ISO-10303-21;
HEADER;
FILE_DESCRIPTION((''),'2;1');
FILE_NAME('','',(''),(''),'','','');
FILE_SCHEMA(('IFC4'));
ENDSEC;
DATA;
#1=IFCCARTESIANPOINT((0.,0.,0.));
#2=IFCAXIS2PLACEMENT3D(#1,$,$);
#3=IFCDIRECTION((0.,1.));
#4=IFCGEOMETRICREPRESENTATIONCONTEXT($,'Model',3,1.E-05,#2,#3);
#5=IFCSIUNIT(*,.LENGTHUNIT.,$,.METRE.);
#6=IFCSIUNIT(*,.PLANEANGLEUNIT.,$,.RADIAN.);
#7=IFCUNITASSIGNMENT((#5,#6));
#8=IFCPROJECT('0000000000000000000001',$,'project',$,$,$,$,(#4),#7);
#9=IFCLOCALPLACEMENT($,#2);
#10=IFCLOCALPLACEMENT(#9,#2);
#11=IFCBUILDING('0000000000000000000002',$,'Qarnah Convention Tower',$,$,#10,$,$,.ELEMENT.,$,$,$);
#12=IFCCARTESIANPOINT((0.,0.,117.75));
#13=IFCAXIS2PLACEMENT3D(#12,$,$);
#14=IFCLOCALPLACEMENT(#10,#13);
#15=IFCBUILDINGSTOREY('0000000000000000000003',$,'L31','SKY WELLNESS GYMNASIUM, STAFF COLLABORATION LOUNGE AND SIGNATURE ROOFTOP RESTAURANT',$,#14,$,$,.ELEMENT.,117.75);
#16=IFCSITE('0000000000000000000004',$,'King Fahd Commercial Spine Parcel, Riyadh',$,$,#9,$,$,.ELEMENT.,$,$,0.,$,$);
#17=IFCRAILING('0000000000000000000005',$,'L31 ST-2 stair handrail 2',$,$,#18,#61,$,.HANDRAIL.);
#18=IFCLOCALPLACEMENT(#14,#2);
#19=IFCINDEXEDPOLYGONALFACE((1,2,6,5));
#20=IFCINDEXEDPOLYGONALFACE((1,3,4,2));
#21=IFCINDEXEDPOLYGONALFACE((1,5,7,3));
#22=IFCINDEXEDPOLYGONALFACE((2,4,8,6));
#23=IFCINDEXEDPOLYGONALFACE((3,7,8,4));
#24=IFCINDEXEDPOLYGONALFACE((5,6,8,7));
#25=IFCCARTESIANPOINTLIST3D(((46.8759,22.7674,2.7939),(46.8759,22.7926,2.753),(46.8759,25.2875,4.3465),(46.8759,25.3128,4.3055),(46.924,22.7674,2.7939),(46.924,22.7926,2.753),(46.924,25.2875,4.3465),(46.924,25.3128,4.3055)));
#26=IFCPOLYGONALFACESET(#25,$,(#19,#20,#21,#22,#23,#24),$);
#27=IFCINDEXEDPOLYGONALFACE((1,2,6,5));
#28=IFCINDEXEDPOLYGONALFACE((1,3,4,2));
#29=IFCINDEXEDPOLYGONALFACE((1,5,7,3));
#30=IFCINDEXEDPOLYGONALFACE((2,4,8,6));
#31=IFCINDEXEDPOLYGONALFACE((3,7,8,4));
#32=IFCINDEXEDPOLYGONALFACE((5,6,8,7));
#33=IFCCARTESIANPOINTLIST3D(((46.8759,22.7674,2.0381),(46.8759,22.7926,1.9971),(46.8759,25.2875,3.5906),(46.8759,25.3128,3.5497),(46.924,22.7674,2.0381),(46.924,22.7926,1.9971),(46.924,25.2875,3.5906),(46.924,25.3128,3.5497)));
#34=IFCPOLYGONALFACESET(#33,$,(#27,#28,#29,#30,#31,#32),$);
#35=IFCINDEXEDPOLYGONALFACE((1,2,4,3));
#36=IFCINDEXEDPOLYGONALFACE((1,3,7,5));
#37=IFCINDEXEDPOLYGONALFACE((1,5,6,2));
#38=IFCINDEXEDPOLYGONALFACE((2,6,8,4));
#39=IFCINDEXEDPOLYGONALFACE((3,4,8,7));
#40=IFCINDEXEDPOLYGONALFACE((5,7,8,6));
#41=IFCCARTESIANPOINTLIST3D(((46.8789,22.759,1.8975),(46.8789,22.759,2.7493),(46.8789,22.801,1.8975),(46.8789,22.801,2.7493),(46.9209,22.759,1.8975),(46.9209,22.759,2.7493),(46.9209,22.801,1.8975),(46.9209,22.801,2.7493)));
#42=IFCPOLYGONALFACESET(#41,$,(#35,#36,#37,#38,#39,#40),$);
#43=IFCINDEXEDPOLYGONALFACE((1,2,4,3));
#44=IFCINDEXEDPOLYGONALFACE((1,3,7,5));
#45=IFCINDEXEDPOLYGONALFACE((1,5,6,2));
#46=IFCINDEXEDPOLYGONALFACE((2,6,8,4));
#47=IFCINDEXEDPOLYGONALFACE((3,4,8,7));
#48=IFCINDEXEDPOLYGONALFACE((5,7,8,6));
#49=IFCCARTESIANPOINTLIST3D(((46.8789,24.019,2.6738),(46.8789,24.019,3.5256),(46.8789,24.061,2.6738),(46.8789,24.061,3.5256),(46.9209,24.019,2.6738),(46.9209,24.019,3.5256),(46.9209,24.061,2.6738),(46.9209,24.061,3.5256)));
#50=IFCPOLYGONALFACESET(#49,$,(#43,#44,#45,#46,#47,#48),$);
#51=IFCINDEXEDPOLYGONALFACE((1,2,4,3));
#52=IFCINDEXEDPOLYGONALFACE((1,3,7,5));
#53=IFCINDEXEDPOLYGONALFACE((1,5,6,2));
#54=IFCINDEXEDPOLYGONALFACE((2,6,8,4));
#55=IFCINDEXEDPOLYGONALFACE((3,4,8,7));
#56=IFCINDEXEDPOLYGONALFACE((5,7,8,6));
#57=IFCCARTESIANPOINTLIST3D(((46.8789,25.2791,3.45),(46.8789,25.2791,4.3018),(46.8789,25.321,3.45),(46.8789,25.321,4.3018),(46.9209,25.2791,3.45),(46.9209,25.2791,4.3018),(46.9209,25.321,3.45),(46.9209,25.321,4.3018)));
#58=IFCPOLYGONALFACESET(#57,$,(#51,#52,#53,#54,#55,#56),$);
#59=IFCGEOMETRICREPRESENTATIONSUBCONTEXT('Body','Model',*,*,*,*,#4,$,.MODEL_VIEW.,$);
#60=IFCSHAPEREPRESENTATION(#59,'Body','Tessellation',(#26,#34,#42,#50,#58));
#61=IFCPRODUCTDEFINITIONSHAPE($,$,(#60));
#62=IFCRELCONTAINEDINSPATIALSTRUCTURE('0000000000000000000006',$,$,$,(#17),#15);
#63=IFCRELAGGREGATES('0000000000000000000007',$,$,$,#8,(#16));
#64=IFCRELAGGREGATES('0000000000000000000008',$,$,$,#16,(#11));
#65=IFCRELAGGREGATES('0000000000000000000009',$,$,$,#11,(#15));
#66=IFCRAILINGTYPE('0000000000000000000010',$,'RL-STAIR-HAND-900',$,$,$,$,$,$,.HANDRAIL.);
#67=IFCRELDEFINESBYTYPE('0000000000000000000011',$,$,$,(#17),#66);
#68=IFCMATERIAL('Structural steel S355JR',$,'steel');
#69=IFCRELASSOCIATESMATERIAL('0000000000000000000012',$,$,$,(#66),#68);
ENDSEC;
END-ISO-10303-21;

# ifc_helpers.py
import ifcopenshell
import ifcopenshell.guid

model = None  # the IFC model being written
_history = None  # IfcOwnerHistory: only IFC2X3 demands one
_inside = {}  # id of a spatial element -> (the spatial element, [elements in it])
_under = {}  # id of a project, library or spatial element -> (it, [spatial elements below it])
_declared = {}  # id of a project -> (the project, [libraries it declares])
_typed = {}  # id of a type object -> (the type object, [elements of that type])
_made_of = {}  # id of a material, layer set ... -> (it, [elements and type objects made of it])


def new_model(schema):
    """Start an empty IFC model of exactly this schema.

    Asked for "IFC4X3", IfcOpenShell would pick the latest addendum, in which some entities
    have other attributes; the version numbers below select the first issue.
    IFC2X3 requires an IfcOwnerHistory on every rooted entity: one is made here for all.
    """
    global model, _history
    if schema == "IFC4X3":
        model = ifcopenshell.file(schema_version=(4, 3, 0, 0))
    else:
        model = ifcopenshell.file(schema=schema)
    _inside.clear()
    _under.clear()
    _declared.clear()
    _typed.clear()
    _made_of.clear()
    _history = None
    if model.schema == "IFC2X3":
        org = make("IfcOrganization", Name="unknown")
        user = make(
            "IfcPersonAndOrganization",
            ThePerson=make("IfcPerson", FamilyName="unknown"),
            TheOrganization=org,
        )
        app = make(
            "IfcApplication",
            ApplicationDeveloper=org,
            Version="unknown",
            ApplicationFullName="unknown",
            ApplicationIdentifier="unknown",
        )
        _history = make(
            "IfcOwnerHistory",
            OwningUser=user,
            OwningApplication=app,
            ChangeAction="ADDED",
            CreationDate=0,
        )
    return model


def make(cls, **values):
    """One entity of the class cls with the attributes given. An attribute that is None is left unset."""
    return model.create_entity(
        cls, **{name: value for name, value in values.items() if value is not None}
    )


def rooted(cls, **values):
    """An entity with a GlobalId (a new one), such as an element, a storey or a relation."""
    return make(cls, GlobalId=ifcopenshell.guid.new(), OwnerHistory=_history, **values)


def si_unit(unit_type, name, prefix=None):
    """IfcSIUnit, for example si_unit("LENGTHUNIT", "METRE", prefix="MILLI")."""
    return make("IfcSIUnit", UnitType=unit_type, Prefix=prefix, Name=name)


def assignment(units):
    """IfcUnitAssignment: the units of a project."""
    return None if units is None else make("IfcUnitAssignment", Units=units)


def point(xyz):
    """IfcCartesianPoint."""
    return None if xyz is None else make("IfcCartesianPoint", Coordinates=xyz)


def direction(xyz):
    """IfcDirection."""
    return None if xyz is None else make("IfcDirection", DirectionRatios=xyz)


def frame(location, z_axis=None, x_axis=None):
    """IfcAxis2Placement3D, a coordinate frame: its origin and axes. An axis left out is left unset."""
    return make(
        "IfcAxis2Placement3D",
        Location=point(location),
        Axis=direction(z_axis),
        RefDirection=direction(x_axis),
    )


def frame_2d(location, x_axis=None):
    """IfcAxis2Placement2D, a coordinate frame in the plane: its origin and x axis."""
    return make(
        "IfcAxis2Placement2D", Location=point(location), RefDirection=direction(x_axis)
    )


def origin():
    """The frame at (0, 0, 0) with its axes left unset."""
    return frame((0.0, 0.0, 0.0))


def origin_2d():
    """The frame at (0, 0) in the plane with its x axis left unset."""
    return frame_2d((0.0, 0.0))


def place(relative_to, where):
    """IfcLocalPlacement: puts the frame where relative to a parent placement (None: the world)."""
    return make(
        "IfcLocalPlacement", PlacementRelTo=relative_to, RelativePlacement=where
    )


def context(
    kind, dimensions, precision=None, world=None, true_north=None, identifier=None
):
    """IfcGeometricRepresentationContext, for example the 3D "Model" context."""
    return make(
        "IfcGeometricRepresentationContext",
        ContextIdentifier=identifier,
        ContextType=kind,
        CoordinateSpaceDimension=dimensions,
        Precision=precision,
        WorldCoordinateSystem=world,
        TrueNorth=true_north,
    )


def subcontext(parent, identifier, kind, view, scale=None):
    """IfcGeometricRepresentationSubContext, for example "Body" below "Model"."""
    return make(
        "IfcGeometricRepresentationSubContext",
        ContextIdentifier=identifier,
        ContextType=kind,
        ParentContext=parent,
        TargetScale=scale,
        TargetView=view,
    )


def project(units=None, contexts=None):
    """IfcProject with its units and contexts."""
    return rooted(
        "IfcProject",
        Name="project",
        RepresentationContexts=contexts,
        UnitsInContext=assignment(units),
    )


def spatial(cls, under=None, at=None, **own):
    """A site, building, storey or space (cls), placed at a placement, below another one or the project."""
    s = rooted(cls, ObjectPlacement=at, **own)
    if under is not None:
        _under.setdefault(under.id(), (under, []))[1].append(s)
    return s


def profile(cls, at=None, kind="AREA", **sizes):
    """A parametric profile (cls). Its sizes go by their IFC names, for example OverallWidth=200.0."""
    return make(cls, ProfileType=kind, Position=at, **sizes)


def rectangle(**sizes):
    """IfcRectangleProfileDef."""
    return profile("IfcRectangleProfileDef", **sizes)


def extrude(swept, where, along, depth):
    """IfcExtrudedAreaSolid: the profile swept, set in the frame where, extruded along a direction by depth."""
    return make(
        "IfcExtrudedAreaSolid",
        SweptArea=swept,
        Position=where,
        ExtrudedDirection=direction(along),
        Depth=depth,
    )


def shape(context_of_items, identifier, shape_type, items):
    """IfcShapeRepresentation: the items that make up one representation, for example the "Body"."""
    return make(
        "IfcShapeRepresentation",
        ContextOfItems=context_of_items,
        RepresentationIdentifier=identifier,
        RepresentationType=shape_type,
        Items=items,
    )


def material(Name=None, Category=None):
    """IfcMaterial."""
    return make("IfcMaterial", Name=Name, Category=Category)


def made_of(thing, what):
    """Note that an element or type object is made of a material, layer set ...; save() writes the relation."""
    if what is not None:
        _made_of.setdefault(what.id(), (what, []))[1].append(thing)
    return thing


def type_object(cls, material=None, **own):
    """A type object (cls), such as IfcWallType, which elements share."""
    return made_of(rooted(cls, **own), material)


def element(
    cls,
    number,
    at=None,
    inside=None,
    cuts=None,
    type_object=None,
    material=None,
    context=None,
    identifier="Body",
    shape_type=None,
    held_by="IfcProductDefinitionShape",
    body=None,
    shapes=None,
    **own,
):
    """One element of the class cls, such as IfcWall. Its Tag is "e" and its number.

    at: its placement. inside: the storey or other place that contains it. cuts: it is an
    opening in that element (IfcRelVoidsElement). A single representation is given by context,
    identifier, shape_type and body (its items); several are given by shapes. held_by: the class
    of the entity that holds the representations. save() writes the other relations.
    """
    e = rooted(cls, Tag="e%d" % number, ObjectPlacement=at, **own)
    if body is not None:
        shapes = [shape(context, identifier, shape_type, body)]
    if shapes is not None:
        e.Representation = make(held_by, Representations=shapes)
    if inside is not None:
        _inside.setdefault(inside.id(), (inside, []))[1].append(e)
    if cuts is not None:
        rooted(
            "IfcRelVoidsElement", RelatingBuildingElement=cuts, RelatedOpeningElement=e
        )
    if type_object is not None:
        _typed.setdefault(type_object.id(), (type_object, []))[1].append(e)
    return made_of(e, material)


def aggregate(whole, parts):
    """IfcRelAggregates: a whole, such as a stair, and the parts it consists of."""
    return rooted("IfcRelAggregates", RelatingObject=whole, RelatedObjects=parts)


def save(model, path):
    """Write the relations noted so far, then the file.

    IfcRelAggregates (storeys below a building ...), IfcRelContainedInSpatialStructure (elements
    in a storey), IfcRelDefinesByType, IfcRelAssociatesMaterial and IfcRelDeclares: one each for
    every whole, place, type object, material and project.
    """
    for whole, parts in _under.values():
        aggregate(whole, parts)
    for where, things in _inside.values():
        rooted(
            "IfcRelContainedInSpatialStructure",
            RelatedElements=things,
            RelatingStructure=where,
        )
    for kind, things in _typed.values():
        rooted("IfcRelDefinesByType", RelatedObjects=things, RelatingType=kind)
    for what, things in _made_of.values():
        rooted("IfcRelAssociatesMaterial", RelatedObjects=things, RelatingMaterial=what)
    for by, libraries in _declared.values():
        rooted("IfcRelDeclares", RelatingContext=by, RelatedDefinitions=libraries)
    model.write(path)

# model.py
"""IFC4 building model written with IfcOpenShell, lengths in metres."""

from ifc_helpers import new_model, si_unit, direction, frame, origin, origin_2d, place, context, subcontext, project, spatial, rectangle, extrude, material, type_object, element, save


model = new_model("IFC4")

# Units and contexts
model_context = context("Model", 3, precision=1e-05, world=origin(), true_north=direction((0.0, 1.0)))
body_context = subcontext(model_context, "Body", "Model", "MODEL_VIEW")
ifc_project = project(units=[si_unit("LENGTHUNIT", "METRE"), si_unit("PLANEANGLEUNIT", "RADIAN")], contexts=[model_context])

# Site, building, storey
site_placement = place(None, origin())
site = spatial("IfcSite", under=ifc_project, at=site_placement, Name="King Fahd Commercial Spine Parcel, Riyadh", CompositionType="ELEMENT", RefElevation=0.0)
building_placement = place(site_placement, origin())
building = spatial("IfcBuilding", under=site, at=building_placement, Name="Qarnah Convention Tower", CompositionType="ELEMENT")
storey_placement = place(building_placement, frame((0.0, 0.0, 117.75)))
storey = spatial("IfcBuildingStorey", under=building, at=storey_placement, Name="L31", Description="SKY WELLNESS GYMNASIUM, STAFF COLLABORATION LOUNGE AND SIGNATURE ROOFTOP RESTAURANT", CompositionType="ELEMENT", Elevation=117.75)

# Shared definitions
ifc_material_1 = material(Name="Structural steel S355JR", Category="steel")

# Railing
railing_type_1 = type_object("IfcRailingType", Name="RL-STAIR-HAND-900", PredefinedType="HANDRAIL", material=ifc_material_1)
railing_1_placement = place(storey_placement, frame((46.8999, 22.78, 1.8975)))
element("IfcRailing", 1, at=railing_1_placement, inside=storey, type_object=railing_type_1, Name="L31 ST-2 stair handrail 2", PredefinedType="HANDRAIL", context=body_context, shape_type="SweptSolid", body=[
    extrude(rectangle(XDim=0.0481, YDim=0.0481, at=origin_2d()), frame((0.0, 0.0, 0.876), z_axis=(0.0, 0.8514, 0.524516), x_axis=(-1.0, 0.0, 0.0)), (0.0, 0.0, 1.0), 2.96),
    extrude(rectangle(XDim=0.0481, YDim=0.0481, at=origin_2d()), frame((0.0, 0.0, 0.1201), z_axis=(0.0, 0.8514, 0.524516), x_axis=(-1.0, 0.0, 0.0)), (0.0, 0.0, 1.0), 2.96),
    extrude(rectangle(XDim=0.042, YDim=0.042, at=origin_2d()), origin(), (0.0, 0.0, 1.0), 0.8518),
    extrude(rectangle(XDim=0.042, YDim=0.042, at=origin_2d()), frame((0.0, 1.26, 0.7764)), (0.0, 0.0, 1.0), 0.8518),
    extrude(rectangle(XDim=0.042, YDim=0.042, at=origin_2d()), frame((0.0, 2.52, 1.5525)), (0.0, 0.0, 1.0), 0.8518),
])

save(model, "model.ifc")
